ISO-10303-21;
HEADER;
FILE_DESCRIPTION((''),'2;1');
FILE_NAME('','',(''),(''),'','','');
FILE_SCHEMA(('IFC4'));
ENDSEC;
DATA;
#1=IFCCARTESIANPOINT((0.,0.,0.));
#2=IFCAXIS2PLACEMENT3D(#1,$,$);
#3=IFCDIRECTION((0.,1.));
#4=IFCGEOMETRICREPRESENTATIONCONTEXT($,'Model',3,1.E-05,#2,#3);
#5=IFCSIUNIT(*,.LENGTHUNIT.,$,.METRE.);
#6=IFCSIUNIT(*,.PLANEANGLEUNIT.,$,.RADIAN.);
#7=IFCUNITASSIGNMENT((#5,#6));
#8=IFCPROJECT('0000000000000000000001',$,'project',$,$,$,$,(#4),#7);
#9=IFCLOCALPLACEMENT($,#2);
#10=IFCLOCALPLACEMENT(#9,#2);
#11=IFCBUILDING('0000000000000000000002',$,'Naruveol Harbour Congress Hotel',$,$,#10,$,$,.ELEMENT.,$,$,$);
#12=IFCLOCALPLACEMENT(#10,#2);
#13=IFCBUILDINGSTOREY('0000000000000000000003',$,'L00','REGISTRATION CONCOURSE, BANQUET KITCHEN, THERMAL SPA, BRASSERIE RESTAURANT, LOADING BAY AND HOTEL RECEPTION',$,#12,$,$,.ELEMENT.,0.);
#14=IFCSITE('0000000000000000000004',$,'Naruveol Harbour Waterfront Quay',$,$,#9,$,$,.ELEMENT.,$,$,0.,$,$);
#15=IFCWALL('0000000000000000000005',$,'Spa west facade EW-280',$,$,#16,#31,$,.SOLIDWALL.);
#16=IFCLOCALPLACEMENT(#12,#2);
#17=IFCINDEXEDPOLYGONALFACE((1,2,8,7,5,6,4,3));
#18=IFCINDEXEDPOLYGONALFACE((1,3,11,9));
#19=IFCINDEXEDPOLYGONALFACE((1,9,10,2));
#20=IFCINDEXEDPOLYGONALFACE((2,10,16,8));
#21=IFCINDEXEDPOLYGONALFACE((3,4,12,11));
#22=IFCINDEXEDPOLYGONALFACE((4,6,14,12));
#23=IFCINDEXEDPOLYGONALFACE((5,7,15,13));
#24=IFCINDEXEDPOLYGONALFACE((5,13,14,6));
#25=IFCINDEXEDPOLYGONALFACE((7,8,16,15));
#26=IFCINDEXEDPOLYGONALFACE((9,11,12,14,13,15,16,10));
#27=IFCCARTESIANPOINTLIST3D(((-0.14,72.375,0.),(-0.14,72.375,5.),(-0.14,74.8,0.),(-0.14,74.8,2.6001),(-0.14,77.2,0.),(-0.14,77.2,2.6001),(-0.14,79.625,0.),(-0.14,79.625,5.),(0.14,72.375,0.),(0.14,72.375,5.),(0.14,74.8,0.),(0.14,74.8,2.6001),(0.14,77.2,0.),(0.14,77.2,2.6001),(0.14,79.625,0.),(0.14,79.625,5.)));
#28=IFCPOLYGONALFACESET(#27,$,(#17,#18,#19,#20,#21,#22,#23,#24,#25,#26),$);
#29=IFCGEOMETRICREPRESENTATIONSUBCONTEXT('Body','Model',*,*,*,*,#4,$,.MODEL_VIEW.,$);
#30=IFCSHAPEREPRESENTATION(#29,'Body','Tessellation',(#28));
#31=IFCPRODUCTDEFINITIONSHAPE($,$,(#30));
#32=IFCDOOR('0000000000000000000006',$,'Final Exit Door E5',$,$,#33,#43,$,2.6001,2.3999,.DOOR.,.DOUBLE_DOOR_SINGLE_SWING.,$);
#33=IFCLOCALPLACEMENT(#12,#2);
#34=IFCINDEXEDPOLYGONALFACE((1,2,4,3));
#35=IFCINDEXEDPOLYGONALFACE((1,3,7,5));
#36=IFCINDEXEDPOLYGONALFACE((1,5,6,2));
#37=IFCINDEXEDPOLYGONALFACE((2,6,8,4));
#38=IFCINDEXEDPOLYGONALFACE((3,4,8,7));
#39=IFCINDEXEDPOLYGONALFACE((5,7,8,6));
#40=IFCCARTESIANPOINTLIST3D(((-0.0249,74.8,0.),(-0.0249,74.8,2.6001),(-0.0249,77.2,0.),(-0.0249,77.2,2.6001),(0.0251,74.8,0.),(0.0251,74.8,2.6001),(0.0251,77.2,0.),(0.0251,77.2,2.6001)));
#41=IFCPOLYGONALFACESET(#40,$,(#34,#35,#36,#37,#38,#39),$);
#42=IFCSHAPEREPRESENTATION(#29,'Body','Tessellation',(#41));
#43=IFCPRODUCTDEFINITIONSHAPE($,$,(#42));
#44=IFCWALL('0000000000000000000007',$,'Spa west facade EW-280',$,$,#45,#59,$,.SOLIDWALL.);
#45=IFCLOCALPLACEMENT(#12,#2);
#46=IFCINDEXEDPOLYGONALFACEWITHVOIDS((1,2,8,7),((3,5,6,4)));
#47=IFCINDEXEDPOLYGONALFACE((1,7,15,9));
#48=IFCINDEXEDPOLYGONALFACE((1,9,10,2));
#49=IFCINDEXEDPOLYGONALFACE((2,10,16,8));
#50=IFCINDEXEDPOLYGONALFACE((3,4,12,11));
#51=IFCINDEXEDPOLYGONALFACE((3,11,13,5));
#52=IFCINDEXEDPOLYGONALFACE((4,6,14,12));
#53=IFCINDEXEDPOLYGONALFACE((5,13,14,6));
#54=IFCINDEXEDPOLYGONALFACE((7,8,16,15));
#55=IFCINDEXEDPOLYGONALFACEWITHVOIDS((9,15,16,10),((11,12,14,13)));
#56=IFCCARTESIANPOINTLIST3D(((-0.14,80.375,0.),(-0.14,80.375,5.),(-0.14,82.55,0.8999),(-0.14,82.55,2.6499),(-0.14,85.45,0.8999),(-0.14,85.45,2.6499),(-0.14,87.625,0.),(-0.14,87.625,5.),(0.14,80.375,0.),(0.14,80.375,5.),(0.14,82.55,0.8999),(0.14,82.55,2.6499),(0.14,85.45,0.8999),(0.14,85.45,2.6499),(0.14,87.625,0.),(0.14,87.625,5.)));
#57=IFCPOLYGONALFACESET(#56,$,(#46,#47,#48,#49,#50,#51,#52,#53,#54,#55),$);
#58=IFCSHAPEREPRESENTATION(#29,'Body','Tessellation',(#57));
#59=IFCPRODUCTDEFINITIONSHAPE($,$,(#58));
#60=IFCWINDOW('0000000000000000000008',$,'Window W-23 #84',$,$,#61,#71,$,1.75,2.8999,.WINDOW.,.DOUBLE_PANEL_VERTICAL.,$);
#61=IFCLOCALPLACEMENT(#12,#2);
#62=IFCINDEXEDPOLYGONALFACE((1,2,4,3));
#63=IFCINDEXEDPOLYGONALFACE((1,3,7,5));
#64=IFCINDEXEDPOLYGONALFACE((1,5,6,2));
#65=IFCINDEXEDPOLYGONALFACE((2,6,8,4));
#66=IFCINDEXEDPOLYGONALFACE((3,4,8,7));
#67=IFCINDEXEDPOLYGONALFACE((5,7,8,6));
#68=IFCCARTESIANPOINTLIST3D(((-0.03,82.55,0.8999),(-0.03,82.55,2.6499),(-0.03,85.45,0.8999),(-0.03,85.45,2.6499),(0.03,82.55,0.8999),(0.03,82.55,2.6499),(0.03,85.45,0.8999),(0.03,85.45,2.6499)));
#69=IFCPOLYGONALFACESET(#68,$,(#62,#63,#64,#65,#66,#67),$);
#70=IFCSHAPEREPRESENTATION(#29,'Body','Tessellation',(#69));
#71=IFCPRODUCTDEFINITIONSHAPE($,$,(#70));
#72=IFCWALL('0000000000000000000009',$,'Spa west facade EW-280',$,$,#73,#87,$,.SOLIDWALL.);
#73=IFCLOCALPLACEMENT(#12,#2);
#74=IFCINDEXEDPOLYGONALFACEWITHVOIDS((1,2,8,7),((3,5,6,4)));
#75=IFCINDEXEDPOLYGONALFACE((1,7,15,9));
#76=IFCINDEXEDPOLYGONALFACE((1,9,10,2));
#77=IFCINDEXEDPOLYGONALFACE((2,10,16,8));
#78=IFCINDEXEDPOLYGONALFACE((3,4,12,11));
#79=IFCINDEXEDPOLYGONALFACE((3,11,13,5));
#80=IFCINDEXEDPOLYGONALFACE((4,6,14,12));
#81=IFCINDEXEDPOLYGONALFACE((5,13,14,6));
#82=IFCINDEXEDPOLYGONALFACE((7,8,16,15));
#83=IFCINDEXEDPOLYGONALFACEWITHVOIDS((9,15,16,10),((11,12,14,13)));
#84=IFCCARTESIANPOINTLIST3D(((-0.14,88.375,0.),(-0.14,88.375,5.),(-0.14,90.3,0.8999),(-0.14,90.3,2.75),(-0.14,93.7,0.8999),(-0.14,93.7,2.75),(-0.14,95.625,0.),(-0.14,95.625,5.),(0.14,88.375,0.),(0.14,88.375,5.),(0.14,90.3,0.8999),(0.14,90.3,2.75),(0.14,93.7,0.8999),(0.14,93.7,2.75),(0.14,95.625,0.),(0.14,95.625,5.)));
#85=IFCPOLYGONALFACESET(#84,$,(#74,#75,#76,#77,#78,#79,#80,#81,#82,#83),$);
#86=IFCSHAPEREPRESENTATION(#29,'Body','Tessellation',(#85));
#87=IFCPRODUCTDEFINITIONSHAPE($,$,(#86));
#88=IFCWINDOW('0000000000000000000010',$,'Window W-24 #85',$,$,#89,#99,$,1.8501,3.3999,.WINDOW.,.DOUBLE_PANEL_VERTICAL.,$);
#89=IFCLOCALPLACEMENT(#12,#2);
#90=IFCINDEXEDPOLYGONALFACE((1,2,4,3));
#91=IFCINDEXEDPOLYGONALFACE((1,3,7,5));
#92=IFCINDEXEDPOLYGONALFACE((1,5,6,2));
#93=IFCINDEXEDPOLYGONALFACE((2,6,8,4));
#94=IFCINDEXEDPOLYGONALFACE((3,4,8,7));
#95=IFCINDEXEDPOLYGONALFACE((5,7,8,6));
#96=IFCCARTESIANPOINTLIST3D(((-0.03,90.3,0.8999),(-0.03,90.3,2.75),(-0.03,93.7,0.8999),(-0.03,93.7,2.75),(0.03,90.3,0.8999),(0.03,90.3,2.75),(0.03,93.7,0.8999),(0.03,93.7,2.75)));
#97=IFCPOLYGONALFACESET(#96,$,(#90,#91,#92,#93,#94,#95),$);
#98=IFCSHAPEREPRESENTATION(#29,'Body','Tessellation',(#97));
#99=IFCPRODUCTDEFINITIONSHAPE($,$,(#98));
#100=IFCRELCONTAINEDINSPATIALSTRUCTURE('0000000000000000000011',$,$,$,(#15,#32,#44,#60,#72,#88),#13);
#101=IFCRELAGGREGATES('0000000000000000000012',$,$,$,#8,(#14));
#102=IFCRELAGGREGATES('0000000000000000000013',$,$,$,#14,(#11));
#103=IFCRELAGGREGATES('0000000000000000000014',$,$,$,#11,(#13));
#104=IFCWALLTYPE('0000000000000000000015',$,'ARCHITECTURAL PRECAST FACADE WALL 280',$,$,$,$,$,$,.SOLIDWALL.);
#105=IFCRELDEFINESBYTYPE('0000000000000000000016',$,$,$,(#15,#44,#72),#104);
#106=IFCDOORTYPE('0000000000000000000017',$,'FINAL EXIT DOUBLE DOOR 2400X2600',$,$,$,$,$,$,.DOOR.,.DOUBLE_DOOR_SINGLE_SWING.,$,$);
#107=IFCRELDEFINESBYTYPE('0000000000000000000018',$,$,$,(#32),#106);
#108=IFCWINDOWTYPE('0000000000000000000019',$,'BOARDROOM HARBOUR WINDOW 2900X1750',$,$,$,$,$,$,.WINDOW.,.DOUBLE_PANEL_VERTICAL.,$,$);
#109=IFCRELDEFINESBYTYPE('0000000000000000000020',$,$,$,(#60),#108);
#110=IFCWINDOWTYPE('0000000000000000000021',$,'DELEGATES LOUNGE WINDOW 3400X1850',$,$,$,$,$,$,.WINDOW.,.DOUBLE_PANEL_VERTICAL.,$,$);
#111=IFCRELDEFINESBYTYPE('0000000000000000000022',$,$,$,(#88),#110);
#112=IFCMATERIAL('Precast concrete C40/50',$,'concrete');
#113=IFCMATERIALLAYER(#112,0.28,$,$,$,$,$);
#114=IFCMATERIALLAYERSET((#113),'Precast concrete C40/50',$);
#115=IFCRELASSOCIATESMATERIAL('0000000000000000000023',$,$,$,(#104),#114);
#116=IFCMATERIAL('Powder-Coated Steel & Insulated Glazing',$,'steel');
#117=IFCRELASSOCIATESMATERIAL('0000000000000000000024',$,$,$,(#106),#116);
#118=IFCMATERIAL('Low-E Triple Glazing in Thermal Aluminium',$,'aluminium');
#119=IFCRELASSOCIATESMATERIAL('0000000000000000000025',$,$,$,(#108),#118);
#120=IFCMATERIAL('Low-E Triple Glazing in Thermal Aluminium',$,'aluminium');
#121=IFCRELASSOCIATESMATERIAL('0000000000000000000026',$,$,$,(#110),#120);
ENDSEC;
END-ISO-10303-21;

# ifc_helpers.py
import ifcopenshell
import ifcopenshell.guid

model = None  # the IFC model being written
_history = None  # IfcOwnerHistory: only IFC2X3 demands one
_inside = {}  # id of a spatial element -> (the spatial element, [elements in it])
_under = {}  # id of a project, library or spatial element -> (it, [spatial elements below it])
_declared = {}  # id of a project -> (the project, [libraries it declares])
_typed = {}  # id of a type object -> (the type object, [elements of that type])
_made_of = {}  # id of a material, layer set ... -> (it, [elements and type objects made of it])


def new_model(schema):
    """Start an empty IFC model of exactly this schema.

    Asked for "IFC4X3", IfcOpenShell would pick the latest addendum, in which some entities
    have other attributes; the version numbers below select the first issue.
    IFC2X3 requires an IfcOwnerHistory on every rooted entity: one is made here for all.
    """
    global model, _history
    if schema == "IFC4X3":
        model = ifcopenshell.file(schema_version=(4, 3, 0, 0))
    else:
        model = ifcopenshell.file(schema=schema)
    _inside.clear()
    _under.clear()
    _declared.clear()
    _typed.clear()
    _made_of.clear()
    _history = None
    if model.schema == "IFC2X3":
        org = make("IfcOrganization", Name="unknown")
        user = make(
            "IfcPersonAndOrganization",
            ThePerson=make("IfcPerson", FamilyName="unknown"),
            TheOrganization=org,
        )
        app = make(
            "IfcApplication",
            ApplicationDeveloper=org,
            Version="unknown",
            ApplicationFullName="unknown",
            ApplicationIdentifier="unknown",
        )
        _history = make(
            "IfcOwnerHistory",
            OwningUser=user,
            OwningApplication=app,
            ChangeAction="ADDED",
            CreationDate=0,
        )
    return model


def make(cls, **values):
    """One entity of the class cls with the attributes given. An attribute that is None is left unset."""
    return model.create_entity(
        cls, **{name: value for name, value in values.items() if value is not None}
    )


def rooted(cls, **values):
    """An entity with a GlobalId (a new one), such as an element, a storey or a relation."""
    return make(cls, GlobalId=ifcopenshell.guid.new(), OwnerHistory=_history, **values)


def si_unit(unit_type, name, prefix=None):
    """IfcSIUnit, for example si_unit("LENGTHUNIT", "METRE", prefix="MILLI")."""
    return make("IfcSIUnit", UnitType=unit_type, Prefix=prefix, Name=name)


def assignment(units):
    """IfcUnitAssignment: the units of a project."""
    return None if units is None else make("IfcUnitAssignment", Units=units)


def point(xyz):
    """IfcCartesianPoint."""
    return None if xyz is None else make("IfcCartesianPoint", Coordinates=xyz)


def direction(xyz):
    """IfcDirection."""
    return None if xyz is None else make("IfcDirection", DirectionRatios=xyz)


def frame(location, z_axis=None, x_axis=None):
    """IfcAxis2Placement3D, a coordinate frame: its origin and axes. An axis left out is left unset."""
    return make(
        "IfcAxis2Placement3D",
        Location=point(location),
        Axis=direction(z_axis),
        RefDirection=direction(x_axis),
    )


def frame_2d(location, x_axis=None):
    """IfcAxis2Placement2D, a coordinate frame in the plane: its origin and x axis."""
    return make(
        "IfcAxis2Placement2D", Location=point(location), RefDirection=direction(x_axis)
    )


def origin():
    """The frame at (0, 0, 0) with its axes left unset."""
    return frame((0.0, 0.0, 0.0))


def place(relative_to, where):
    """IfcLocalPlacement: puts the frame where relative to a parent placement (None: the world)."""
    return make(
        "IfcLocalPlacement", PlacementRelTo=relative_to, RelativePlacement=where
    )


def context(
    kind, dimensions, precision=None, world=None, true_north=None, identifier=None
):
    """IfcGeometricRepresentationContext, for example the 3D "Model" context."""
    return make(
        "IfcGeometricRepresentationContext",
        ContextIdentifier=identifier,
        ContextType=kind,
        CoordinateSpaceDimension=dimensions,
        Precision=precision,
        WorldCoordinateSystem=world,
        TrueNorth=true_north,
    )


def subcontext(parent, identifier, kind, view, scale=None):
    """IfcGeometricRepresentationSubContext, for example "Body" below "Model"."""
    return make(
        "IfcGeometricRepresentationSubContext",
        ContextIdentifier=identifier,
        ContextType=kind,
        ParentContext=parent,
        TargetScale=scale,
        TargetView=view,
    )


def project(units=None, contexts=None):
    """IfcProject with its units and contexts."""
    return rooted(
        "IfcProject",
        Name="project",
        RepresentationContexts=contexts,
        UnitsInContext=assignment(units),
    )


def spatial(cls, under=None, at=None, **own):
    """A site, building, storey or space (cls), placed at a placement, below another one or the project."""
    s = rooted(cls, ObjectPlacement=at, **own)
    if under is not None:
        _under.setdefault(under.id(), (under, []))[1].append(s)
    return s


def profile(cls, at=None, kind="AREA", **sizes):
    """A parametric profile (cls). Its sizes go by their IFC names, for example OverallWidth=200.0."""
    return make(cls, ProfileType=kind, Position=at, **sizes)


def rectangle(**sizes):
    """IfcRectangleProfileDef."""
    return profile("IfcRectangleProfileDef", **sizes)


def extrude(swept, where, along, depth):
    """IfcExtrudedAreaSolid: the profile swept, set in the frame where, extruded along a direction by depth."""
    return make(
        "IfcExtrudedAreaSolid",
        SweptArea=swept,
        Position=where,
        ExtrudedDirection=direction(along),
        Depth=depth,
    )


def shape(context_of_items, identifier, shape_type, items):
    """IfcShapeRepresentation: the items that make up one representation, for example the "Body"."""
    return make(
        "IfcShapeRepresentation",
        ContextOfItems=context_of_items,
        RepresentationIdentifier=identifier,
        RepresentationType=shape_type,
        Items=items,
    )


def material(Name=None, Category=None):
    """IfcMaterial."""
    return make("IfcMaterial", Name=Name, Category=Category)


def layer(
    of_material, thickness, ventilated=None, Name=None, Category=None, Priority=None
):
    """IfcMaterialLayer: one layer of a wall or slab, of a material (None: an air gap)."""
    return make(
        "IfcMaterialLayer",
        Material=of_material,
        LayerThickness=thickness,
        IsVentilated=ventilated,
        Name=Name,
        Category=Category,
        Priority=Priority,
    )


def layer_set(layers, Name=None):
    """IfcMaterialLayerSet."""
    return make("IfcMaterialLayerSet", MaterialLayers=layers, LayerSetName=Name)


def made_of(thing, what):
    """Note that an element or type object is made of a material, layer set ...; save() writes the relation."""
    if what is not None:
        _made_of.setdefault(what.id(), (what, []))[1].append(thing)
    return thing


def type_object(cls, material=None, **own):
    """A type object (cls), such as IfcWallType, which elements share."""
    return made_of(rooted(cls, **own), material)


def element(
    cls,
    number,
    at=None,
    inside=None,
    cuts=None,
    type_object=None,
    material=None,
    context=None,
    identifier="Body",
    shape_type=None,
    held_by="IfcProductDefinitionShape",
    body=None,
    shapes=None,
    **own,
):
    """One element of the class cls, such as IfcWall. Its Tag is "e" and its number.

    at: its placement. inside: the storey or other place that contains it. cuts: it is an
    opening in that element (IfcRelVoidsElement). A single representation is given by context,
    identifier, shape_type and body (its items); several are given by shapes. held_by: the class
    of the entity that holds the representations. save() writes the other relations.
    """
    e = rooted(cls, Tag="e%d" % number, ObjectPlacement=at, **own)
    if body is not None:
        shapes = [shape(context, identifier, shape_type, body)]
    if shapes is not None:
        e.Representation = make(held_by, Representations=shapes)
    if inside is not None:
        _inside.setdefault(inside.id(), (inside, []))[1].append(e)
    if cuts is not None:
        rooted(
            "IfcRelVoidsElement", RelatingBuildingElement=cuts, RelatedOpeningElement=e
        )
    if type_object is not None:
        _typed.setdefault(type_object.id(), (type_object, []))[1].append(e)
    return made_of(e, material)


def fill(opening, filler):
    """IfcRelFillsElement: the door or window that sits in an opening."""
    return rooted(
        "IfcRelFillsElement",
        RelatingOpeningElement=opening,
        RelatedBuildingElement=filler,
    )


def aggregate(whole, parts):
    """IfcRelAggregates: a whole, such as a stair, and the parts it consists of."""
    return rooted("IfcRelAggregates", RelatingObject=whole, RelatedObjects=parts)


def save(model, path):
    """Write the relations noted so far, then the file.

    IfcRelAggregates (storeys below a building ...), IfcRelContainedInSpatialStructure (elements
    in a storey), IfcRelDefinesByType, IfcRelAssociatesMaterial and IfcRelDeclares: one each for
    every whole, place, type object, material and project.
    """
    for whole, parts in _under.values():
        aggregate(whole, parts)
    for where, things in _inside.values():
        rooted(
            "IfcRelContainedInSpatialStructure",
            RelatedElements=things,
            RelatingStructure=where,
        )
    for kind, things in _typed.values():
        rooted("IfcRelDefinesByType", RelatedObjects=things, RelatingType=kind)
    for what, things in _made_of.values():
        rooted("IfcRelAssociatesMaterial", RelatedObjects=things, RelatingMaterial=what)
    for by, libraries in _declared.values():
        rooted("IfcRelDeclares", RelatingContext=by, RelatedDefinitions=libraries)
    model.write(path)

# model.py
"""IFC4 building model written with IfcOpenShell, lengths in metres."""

from ifc_helpers import new_model, si_unit, direction, frame, frame_2d, origin, place, context, subcontext, project, spatial, rectangle, extrude, material, layer, layer_set, type_object, element, fill, save


model = new_model("IFC4")

# Units and contexts
model_context = context("Model", 3, precision=1e-05, world=origin(), true_north=direction((0.0, 1.0)))
body_context = subcontext(model_context, "Body", "Model", "MODEL_VIEW")
ifc_project = project(units=[si_unit("LENGTHUNIT", "METRE"), si_unit("PLANEANGLEUNIT", "RADIAN")], contexts=[model_context])

# Site, building, storey
site_placement = place(None, origin())
site = spatial("IfcSite", under=ifc_project, at=site_placement, Name="Naruveol Harbour Waterfront Quay", CompositionType="ELEMENT", RefElevation=0.0)
building_placement = place(site_placement, origin())
building = spatial("IfcBuilding", under=site, at=building_placement, Name="Naruveol Harbour Congress Hotel", CompositionType="ELEMENT")
storey_placement = place(building_placement, origin())
storey = spatial("IfcBuildingStorey", under=building, at=storey_placement, Name="L00", Description="REGISTRATION CONCOURSE, BANQUET KITCHEN, THERMAL SPA, BRASSERIE RESTAURANT, LOADING BAY AND HOTEL RECEPTION", CompositionType="ELEMENT", Elevation=0.0)

# Wall, opening, door
ifc_material_1 = material(Name="Precast concrete C40/50", Category="concrete")
ifc_layer_1 = layer(ifc_material_1, 0.28)
ifc_layer_set_1 = layer_set([ifc_layer_1], Name="Precast concrete C40/50")
wall_type_1 = type_object("IfcWallType", Name="ARCHITECTURAL PRECAST FACADE WALL 280", PredefinedType="SOLIDWALL", material=ifc_layer_set_1)
wall_1_placement = place(storey_placement, frame((0.0, 72.375, 0.0), z_axis=(0.0, 0.0, 1.0), x_axis=(0.0, 1.0, 0.0)))
wall_1 = element("IfcWall", 1, at=wall_1_placement, inside=storey, type_object=wall_type_1, Name="Spa west facade EW-280", PredefinedType="SOLIDWALL", context=body_context, shape_type="SweptSolid", body=[
    extrude(rectangle(XDim=7.25, YDim=0.28, at=frame_2d((3.625, 0.0))), origin(), (0.0, 0.0, 1.0), 5.0),
])
opening_1_placement = place(wall_1_placement, frame((2.425, 0.0, 0.0)))
opening_1 = element("IfcOpeningElement", 2, at=opening_1_placement, cuts=wall_1, PredefinedType="OPENING", context=body_context, shape_type="SweptSolid", body=[
    extrude(rectangle(XDim=2.3999, YDim=2.6001, at=frame_2d((1.2, 1.3))), frame((0.0, 0.1499, 0.0), z_axis=(0.0, -1.0, 0.0), x_axis=(1.0, 0.0, 0.0)), (0.0, 0.0, 1.0), 0.3),
])
ifc_material_2 = material(Name="Powder-Coated Steel & Insulated Glazing", Category="steel")
door_type = type_object("IfcDoorType", Name="FINAL EXIT DOUBLE DOOR 2400X2600", OperationType="DOUBLE_DOOR_SINGLE_SWING", PredefinedType="DOOR", material=ifc_material_2)
door_placement = place(opening_1_placement, origin())
door = element("IfcDoor", 3, at=door_placement, inside=storey, type_object=door_type, Name="Final Exit Door E5", OperationType="DOUBLE_DOOR_SINGLE_SWING", OverallHeight=2.6001, OverallWidth=2.3999, PredefinedType="DOOR", context=body_context, shape_type="SweptSolid", body=[
    extrude(rectangle(XDim=2.3999, YDim=2.6001, at=frame_2d((1.2, 1.3))), frame((0.0, 0.0249, 0.0), z_axis=(0.0, -1.0, 0.0), x_axis=(1.0, 0.0, 0.0)), (0.0, 0.0, 1.0), 0.05),
])
fill(opening_1, door)

# Walls, openings, windows
wall_2_placement = place(storey_placement, frame((0.0, 80.375, 0.0), z_axis=(0.0, 0.0, 1.0), x_axis=(0.0, 1.0, 0.0)))
wall_2 = element("IfcWall", 4, at=wall_2_placement, inside=storey, type_object=wall_type_1, Name="Spa west facade EW-280", PredefinedType="SOLIDWALL", context=body_context, shape_type="SweptSolid", body=[
    extrude(rectangle(XDim=7.25, YDim=0.28, at=frame_2d((3.625, 0.0))), origin(), (0.0, 0.0, 1.0), 5.0),
])
opening_2_placement = place(wall_2_placement, frame((2.175, 0.0, 0.8999)))
opening_2 = element("IfcOpeningElement", 5, at=opening_2_placement, cuts=wall_2, PredefinedType="OPENING", context=body_context, shape_type="SweptSolid", body=[
    extrude(rectangle(XDim=2.8999, YDim=1.75, at=frame_2d((1.45, 0.875))), frame((0.0, 0.1499, 0.0), z_axis=(0.0, -1.0, 0.0), x_axis=(1.0, 0.0, 0.0)), (0.0, 0.0, 1.0), 0.3),
])
ifc_material_3 = material(Name="Low-E Triple Glazing in Thermal Aluminium", Category="aluminium")
window_type_1 = type_object("IfcWindowType", Name="BOARDROOM HARBOUR WINDOW 2900X1750", PartitioningType="DOUBLE_PANEL_VERTICAL", PredefinedType="WINDOW", material=ifc_material_3)
window_1_placement = place(opening_2_placement, origin())
window_1 = element("IfcWindow", 6, at=window_1_placement, inside=storey, type_object=window_type_1, Name="Window W-23 #84", OverallHeight=1.75, OverallWidth=2.8999, PartitioningType="DOUBLE_PANEL_VERTICAL", PredefinedType="WINDOW", context=body_context, shape_type="SweptSolid", body=[
    extrude(rectangle(XDim=2.8999, YDim=1.75, at=frame_2d((1.45, 0.875))), frame((0.0, 0.03, 0.0), z_axis=(0.0, -1.0, 0.0), x_axis=(1.0, 0.0, 0.0)), (0.0, 0.0, 1.0), 0.0601),
])
fill(opening_2, window_1)
wall_3_placement = place(storey_placement, frame((0.0, 88.375, 0.0), z_axis=(0.0, 0.0, 1.0), x_axis=(0.0, 1.0, 0.0)))
wall_3 = element("IfcWall", 7, at=wall_3_placement, inside=storey, type_object=wall_type_1, Name="Spa west facade EW-280", PredefinedType="SOLIDWALL", context=body_context, shape_type="SweptSolid", body=[
    extrude(rectangle(XDim=7.25, YDim=0.28, at=frame_2d((3.625, 0.0))), origin(), (0.0, 0.0, 1.0), 5.0),
])
opening_3_placement = place(wall_3_placement, frame((1.925, 0.0, 0.8999)))
opening_3 = element("IfcOpeningElement", 8, at=opening_3_placement, cuts=wall_3, PredefinedType="OPENING", context=body_context, shape_type="SweptSolid", body=[
    extrude(rectangle(XDim=3.3999, YDim=1.8501, at=frame_2d((1.7, 0.925))), frame((0.0, 0.1499, 0.0), z_axis=(0.0, -1.0, 0.0), x_axis=(1.0, 0.0, 0.0)), (0.0, 0.0, 1.0), 0.3),
])
ifc_material_4 = material(Name="Low-E Triple Glazing in Thermal Aluminium", Category="aluminium")
window_type_2 = type_object("IfcWindowType", Name="DELEGATES LOUNGE WINDOW 3400X1850", PartitioningType="DOUBLE_PANEL_VERTICAL", PredefinedType="WINDOW", material=ifc_material_4)
window_2_placement = place(opening_3_placement, origin())
window_2 = element("IfcWindow", 9, at=window_2_placement, inside=storey, type_object=window_type_2, Name="Window W-24 #85", OverallHeight=1.8501, OverallWidth=3.3999, PartitioningType="DOUBLE_PANEL_VERTICAL", PredefinedType="WINDOW", context=body_context, shape_type="SweptSolid", body=[
    extrude(rectangle(XDim=3.3999, YDim=1.8501, at=frame_2d((1.7, 0.925))), frame((0.0, 0.03, 0.0), z_axis=(0.0, -1.0, 0.0), x_axis=(1.0, 0.0, 0.0)), (0.0, 0.0, 1.0), 0.0601),
])
fill(opening_3, window_2)

save(model, "model.ifc")
